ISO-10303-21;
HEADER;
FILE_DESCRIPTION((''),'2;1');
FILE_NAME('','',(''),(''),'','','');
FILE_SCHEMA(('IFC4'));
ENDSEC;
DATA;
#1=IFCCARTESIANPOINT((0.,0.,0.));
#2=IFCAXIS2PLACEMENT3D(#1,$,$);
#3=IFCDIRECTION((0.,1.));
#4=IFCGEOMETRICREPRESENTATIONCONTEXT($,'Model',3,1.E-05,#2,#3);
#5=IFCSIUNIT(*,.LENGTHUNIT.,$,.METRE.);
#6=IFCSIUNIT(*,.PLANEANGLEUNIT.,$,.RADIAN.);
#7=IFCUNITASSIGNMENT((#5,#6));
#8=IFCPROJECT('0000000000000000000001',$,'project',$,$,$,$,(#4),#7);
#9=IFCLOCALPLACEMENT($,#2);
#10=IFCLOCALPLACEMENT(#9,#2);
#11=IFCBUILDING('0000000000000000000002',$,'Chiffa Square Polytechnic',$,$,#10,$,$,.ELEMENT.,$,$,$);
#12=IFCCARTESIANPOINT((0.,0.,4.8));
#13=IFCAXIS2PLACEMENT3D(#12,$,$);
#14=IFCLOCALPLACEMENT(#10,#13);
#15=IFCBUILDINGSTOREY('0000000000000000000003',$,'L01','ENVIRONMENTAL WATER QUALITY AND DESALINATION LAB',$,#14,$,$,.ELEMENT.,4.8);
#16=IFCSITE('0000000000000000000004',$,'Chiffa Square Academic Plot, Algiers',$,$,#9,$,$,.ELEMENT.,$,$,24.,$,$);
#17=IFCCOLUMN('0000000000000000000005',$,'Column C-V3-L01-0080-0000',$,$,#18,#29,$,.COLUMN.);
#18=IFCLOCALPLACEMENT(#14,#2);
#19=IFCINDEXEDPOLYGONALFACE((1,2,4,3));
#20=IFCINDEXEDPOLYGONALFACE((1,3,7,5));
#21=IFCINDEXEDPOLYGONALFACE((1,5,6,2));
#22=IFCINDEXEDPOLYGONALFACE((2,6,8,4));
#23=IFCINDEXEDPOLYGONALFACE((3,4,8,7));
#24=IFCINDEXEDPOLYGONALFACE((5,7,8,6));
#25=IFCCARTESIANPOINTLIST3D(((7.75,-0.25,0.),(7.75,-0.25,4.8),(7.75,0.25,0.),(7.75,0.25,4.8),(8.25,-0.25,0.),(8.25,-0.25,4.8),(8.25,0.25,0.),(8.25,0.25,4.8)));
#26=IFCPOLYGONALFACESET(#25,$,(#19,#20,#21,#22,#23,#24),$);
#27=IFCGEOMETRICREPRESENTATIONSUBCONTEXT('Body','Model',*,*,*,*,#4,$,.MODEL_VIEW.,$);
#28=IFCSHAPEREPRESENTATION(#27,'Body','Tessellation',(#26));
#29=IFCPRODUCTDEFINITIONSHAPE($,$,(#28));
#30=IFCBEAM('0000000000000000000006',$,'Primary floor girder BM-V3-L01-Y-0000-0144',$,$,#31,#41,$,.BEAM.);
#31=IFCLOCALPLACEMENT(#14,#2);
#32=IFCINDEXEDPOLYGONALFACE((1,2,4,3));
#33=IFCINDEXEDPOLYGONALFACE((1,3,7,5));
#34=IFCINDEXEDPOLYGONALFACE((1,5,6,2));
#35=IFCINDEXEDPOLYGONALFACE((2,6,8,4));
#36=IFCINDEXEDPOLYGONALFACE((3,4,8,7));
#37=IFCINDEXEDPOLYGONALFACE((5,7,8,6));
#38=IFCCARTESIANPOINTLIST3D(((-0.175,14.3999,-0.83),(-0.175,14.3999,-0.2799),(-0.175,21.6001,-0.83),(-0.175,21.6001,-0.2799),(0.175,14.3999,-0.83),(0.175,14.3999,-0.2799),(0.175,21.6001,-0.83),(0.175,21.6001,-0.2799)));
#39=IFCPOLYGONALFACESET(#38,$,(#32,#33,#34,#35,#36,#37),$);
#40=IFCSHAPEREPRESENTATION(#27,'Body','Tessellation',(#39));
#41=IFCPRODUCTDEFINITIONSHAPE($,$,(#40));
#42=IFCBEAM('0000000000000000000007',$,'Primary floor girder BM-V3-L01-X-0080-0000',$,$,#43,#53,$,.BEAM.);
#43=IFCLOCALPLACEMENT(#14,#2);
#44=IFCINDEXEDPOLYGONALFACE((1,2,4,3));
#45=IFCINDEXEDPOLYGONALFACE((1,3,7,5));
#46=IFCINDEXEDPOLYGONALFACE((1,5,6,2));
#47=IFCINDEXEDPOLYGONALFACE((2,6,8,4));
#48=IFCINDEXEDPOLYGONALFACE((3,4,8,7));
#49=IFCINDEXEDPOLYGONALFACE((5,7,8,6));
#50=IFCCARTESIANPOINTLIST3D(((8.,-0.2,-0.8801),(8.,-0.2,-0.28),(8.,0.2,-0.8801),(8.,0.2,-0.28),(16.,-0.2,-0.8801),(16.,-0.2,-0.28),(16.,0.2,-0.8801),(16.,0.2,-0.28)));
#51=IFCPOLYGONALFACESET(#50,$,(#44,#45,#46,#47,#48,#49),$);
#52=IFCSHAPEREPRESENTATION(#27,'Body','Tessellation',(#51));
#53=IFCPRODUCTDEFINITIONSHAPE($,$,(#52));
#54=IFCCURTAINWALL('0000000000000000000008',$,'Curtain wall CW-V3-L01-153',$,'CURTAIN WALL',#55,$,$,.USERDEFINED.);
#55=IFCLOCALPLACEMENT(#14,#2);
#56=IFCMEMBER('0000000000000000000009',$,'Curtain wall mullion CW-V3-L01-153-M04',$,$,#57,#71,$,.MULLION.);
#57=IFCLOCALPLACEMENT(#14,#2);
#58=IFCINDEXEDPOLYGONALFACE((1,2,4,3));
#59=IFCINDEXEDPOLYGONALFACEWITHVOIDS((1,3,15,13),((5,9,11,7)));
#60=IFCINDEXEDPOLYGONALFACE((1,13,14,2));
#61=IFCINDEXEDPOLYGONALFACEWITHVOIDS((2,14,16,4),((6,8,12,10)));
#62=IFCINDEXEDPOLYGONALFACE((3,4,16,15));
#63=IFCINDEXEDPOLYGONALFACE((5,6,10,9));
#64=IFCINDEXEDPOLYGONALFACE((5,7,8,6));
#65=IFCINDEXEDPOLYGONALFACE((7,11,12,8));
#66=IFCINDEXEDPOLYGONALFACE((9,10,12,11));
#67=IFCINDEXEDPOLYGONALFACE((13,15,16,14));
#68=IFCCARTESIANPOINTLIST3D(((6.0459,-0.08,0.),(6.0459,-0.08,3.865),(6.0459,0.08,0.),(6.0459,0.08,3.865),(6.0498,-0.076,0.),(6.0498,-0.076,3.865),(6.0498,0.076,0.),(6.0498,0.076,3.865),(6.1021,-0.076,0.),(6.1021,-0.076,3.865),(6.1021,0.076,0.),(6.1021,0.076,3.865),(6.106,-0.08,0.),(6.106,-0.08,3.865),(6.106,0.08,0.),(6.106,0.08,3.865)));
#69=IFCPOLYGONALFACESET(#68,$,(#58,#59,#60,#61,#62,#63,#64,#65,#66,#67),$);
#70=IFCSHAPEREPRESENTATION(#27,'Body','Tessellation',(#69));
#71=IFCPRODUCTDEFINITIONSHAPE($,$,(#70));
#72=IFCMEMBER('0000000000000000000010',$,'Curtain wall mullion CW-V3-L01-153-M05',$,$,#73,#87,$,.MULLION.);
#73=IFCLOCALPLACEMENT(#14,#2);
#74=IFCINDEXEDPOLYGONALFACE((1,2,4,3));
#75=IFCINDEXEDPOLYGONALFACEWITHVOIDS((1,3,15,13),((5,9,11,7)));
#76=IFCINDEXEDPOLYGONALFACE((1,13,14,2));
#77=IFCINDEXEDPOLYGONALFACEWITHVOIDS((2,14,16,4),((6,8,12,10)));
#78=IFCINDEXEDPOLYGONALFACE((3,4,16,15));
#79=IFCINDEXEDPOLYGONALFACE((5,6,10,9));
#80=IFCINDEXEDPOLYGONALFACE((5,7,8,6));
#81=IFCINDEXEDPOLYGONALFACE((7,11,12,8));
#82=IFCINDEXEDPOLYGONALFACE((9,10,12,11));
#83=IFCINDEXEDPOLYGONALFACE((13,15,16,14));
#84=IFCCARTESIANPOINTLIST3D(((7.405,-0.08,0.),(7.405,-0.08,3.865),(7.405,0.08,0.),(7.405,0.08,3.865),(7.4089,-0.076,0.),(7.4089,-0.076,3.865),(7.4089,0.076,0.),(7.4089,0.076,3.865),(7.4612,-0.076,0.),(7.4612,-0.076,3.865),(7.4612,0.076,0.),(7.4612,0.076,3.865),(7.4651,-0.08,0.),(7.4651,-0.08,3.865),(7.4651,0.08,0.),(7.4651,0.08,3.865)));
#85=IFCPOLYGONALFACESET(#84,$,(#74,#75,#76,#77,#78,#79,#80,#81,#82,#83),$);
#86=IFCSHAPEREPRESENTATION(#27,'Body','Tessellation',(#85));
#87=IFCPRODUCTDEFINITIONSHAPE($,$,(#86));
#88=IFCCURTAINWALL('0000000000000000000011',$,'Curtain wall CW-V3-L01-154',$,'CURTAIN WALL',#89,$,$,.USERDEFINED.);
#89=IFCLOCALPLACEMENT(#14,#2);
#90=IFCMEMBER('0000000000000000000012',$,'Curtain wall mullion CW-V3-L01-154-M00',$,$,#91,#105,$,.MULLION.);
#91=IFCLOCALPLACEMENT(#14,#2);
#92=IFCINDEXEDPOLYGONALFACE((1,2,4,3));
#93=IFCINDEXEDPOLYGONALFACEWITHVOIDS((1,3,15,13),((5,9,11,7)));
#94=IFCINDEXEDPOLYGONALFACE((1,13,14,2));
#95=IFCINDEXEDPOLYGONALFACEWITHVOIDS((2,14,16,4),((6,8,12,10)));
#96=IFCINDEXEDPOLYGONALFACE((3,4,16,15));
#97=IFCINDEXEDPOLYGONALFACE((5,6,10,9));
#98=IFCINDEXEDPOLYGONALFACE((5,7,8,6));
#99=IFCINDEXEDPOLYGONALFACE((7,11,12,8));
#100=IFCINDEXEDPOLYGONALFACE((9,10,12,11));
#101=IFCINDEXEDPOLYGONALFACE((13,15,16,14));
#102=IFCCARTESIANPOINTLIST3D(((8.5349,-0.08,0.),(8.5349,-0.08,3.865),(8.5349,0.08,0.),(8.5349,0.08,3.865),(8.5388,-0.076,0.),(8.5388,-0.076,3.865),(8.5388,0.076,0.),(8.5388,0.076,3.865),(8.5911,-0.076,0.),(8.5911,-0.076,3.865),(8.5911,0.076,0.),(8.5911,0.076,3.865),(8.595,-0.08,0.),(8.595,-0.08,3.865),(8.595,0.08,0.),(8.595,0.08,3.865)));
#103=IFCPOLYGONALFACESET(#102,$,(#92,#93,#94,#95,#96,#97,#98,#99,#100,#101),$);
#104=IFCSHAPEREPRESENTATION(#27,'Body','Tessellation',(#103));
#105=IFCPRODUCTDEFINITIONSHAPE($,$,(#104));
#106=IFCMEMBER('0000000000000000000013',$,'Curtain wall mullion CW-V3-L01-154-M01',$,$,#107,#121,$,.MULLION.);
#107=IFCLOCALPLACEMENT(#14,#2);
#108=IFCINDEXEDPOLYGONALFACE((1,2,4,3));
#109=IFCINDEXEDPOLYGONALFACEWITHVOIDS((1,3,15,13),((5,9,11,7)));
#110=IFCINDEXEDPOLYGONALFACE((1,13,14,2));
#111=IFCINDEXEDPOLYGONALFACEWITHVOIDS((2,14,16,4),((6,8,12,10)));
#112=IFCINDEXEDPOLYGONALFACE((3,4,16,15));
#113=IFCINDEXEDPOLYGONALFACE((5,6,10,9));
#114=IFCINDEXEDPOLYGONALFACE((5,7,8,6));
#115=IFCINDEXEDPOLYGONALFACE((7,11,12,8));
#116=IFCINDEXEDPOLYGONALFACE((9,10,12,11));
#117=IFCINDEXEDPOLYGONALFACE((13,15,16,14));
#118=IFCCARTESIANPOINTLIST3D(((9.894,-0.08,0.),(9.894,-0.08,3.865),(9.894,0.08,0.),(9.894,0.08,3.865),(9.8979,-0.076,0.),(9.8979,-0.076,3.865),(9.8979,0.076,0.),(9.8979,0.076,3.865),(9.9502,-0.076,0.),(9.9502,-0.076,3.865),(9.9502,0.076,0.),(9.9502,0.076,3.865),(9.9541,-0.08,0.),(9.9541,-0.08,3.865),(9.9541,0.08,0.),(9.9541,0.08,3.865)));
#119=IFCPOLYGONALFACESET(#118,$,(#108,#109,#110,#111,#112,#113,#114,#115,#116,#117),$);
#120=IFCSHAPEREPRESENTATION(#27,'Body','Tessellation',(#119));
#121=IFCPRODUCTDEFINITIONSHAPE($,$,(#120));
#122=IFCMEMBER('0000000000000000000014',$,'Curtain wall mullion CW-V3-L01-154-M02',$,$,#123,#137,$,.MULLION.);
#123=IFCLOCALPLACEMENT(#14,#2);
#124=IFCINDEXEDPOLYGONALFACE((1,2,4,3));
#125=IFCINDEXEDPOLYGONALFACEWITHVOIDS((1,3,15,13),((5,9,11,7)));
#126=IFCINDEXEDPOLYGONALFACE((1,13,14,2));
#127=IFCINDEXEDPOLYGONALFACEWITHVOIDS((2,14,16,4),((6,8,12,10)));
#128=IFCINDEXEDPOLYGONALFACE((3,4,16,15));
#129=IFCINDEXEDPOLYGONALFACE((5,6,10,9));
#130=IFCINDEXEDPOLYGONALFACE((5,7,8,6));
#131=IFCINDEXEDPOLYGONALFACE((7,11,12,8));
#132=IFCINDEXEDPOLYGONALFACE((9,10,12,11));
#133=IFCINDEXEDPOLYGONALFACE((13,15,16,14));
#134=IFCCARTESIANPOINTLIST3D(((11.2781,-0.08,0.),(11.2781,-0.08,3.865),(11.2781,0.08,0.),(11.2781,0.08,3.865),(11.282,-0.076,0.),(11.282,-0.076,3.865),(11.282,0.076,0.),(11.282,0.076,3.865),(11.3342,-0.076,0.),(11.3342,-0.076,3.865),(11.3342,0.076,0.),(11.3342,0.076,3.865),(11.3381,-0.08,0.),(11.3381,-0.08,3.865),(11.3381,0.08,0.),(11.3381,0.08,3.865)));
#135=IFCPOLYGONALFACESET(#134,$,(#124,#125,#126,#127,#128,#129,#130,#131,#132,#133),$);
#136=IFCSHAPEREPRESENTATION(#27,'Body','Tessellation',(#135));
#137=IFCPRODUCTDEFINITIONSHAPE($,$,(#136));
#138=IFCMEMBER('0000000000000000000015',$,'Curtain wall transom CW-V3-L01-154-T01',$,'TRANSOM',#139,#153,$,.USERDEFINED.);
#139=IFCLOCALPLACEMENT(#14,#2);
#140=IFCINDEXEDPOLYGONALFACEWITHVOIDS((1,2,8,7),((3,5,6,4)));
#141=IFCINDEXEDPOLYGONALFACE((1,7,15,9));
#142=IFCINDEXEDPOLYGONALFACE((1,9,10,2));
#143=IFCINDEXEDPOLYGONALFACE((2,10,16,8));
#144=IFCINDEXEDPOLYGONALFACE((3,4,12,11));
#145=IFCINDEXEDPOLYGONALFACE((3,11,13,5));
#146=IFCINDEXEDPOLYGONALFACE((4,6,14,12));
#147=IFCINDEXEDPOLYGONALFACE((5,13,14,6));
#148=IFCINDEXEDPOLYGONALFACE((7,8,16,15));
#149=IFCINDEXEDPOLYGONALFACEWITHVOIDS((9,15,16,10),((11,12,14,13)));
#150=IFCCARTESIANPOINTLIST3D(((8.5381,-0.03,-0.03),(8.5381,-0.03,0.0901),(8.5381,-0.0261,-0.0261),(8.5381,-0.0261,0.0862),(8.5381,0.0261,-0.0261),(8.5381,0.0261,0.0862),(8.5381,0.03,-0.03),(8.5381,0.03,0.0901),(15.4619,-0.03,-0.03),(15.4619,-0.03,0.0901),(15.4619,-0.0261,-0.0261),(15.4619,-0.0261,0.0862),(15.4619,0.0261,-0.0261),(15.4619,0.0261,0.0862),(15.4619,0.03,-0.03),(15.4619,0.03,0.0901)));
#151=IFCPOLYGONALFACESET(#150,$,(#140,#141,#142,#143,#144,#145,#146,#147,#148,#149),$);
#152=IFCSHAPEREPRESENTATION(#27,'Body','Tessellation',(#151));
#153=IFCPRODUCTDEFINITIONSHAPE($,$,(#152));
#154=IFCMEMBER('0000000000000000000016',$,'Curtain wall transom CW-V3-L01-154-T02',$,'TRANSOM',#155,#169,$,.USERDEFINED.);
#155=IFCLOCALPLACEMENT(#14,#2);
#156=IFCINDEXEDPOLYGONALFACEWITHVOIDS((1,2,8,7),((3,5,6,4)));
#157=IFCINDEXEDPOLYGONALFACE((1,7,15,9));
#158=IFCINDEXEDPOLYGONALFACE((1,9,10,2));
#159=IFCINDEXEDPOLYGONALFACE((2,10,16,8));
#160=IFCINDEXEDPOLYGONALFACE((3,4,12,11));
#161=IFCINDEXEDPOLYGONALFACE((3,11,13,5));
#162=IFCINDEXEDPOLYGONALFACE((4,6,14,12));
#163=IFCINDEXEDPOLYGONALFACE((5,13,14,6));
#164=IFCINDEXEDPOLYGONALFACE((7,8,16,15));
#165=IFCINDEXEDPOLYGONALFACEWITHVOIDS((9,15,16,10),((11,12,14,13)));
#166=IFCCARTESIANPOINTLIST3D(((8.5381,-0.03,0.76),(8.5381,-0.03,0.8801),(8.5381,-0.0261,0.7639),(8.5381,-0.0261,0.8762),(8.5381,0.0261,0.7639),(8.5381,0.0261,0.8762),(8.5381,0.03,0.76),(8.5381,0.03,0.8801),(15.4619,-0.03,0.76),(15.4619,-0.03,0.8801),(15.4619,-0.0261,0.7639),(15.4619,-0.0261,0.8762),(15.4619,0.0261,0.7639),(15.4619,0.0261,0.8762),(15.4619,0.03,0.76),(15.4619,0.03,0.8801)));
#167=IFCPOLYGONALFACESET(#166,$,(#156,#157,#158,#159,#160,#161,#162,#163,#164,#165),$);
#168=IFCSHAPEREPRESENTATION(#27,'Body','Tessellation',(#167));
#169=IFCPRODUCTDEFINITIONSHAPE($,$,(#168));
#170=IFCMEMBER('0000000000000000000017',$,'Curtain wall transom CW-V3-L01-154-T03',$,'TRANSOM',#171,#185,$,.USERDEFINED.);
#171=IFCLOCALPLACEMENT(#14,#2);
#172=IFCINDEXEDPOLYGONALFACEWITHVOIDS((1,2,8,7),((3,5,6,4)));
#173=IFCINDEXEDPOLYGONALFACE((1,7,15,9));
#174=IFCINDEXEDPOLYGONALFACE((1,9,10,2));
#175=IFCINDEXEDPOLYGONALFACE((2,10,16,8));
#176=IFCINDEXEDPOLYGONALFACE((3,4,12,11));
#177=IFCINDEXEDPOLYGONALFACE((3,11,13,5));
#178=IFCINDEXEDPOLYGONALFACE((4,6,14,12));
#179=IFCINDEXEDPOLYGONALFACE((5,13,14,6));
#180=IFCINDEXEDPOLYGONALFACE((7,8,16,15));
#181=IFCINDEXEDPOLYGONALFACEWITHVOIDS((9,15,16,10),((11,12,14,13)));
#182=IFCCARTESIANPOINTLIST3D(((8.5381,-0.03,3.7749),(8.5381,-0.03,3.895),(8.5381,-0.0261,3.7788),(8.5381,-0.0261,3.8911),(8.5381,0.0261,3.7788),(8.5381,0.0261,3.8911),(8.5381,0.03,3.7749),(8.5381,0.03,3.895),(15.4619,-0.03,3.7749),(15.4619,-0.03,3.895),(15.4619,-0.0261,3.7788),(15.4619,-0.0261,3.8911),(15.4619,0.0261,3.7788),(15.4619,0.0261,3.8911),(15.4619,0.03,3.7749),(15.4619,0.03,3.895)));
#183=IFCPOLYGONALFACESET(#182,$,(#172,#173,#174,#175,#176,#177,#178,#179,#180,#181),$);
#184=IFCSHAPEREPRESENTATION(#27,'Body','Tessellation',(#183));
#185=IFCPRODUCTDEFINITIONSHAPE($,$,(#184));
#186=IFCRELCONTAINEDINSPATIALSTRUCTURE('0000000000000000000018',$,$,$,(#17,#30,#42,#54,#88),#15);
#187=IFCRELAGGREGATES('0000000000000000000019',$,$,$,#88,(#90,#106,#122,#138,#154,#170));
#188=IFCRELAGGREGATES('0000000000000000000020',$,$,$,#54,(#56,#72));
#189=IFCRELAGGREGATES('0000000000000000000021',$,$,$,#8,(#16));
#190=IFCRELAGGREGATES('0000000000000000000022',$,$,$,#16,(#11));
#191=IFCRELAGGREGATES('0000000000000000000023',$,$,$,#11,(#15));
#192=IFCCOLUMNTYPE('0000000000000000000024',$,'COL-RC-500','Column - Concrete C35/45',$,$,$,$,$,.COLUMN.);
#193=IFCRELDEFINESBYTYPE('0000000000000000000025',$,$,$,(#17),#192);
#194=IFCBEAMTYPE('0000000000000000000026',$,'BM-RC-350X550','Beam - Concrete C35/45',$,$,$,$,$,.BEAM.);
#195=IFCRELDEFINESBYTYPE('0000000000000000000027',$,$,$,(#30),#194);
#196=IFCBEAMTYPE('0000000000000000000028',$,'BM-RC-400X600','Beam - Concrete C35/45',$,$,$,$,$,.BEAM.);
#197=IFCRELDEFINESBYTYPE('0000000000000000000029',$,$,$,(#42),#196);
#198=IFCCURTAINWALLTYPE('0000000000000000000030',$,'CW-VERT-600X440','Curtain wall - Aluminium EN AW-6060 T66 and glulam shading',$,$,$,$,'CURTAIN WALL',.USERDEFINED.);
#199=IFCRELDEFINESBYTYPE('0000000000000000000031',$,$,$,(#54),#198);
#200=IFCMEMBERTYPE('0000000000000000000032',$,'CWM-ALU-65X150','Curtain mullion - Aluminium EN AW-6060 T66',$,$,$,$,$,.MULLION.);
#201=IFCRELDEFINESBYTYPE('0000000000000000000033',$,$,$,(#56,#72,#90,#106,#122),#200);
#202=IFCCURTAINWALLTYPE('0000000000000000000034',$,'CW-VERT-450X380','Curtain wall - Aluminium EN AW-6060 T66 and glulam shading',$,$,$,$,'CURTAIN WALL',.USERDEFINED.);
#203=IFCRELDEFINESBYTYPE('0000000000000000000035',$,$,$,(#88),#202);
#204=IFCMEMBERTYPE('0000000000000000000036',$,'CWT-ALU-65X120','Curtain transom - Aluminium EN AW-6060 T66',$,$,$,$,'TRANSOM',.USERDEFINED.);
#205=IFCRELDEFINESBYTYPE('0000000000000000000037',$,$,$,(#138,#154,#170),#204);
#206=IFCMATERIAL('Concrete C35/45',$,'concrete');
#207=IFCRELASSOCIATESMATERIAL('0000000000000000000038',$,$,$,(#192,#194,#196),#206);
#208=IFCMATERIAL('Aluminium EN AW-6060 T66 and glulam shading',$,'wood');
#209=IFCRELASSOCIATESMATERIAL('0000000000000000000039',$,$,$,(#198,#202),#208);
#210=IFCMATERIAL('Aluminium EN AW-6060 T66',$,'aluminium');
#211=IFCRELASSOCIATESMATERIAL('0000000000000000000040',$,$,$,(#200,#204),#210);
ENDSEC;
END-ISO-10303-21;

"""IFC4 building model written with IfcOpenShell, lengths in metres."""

from ifc_helpers import new_model, si_unit, direction, frame, origin, origin_2d, place, context, subcontext, project, spatial, rectangle, hollow_rectangle, extrude, material, material_profile, profile_set, type_object, element, aggregate, save


model = new_model("IFC4")

# Units and contexts
model_context = context("Model", 3, precision=1e-05, world=origin(), true_north=direction((0.0, 1.0)))
body_context = subcontext(model_context, "Body", "Model", "MODEL_VIEW")
ifc_project = project(units=[si_unit("LENGTHUNIT", "METRE"), si_unit("PLANEANGLEUNIT", "RADIAN")], contexts=[model_context])

# Site, building, storey
site_placement = place(None, origin())
site = spatial("IfcSite", under=ifc_project, at=site_placement, Name="Chiffa Square Academic Plot, Algiers", CompositionType="ELEMENT", RefElevation=24.0)
building_placement = place(site_placement, origin())
building = spatial("IfcBuilding", under=site, at=building_placement, Name="Chiffa Square Polytechnic", CompositionType="ELEMENT")
storey_placement = place(building_placement, frame((0.0, 0.0, 4.8)))
storey = spatial("IfcBuildingStorey", under=building, at=storey_placement, Name="L01", Description="ENVIRONMENTAL WATER QUALITY AND DESALINATION LAB", CompositionType="ELEMENT", Elevation=4.8)

# Column
ifc_material_1 = material(Name="Concrete C35/45", Category="concrete")
ifc_material_profile_1 = material_profile(ifc_material_1, rectangle(XDim=0.5, YDim=0.5, at=origin_2d()), Name="RC 500x500")
ifc_profile_set_1 = profile_set([ifc_material_profile_1], Name="Concrete C35/45")
column_type = type_object("IfcColumnType", Name="COL-RC-500", Description="Column - Concrete C35/45", PredefinedType="COLUMN", material=ifc_profile_set_1)
column_placement = place(storey_placement, frame((8.0, 0.0, 0.0), z_axis=(0.0, 0.0, 1.0), x_axis=(1.0, 0.0, 0.0)))
element("IfcColumn", 1, at=column_placement, inside=storey, type_object=column_type, Name="Column C-V3-L01-0080-0000", PredefinedType="COLUMN", context=body_context, shape_type="SweptSolid", body=[
    extrude(rectangle(XDim=0.5, YDim=0.5, at=origin_2d()), origin(), (0.0, 0.0, 1.0), 4.8),
])

# Beams
ifc_material_profile_2 = material_profile(ifc_material_1, rectangle(XDim=0.3501, YDim=0.55, at=origin_2d()), Name="RC 350x550")
ifc_profile_set_2 = profile_set([ifc_material_profile_2], Name="Concrete C35/45")
beam_type_1 = type_object("IfcBeamType", Name="BM-RC-350X550", Description="Beam - Concrete C35/45", PredefinedType="BEAM", material=ifc_profile_set_2)
beam_1_placement = place(storey_placement, frame((0.0, 14.3999, -0.5549), z_axis=(0.0, 1.0, 0.0), x_axis=(-1.0, 0.0, 0.0)))
element("IfcBeam", 2, at=beam_1_placement, inside=storey, type_object=beam_type_1, Name="Primary floor girder BM-V3-L01-Y-0000-0144", PredefinedType="BEAM", context=body_context, shape_type="SweptSolid", body=[
    extrude(rectangle(XDim=0.3501, YDim=0.55, at=origin_2d()), origin(), (0.0, 0.0, 1.0), 7.2002),
])
ifc_material_profile_3 = material_profile(ifc_material_1, rectangle(XDim=0.3999, YDim=0.6001, at=origin_2d()), Name="RC 400x600")
ifc_profile_set_3 = profile_set([ifc_material_profile_3], Name="Concrete C35/45")
beam_type_2 = type_object("IfcBeamType", Name="BM-RC-400X600", Description="Beam - Concrete C35/45", PredefinedType="BEAM", material=ifc_profile_set_3)
beam_2_placement = place(storey_placement, frame((8.0, 0.0, -0.5801), z_axis=(1.0, 0.0, 0.0), x_axis=(0.0, 1.0, 0.0)))
element("IfcBeam", 3, at=beam_2_placement, inside=storey, type_object=beam_type_2, Name="Primary floor girder BM-V3-L01-X-0080-0000", PredefinedType="BEAM", context=body_context, shape_type="SweptSolid", body=[
    extrude(rectangle(XDim=0.3999, YDim=0.6001, at=origin_2d()), origin(), (0.0, 0.0, 1.0), 8.0),
])

# Curtain walls, members
ifc_material_2 = material(Name="Aluminium EN AW-6060 T66 and glulam shading", Category="wood")
curtain_wall_type_1 = type_object("IfcCurtainWallType", Name="CW-VERT-600X440", Description="Curtain wall - Aluminium EN AW-6060 T66 and glulam shading", ElementType="CURTAIN WALL", PredefinedType="USERDEFINED", material=ifc_material_2)
curtain_wall_1_placement = place(storey_placement, origin())
curtain_wall_1 = element("IfcCurtainWall", 4, at=curtain_wall_1_placement, inside=storey, type_object=curtain_wall_type_1, Name="Curtain wall CW-V3-L01-153", ObjectType="CURTAIN WALL", PredefinedType="USERDEFINED")
ifc_material_3 = material(Name="Aluminium EN AW-6060 T66", Category="aluminium")
ifc_material_profile_4 = material_profile(ifc_material_3, hollow_rectangle(XDim=0.0601, YDim=0.1599, WallThickness=0.0039, at=origin_2d()), Name="ALU 60x160x4")
ifc_profile_set_4 = profile_set([ifc_material_profile_4], Name="Aluminium EN AW-6060 T66")
member_type_1 = type_object("IfcMemberType", Name="CWM-ALU-65X150", Description="Curtain mullion - Aluminium EN AW-6060 T66", PredefinedType="MULLION", material=ifc_profile_set_4)
member_1_placement = place(storey_placement, frame((6.0759, 0.0, 0.0), z_axis=(0.0, 0.0, 1.0), x_axis=(1.0, 0.0, 0.0)))
member_1 = element("IfcMember", 5, at=member_1_placement, type_object=member_type_1, Name="Curtain wall mullion CW-V3-L01-153-M04", PredefinedType="MULLION", context=body_context, shape_type="SweptSolid", body=[
    extrude(hollow_rectangle(XDim=0.0601, YDim=0.1599, WallThickness=0.0039, at=origin_2d()), origin(), (0.0, 0.0, 1.0), 3.865),
])
member_2_placement = place(storey_placement, frame((7.4351, 0.0, 0.0), z_axis=(0.0, 0.0, 1.0), x_axis=(1.0, 0.0, 0.0)))
member_2 = element("IfcMember", 6, at=member_2_placement, type_object=member_type_1, Name="Curtain wall mullion CW-V3-L01-153-M05", PredefinedType="MULLION", context=body_context, shape_type="SweptSolid", body=[
    extrude(hollow_rectangle(XDim=0.0601, YDim=0.1599, WallThickness=0.0039, at=origin_2d()), origin(), (0.0, 0.0, 1.0), 3.865),
])
curtain_wall_type_2 = type_object("IfcCurtainWallType", Name="CW-VERT-450X380", Description="Curtain wall - Aluminium EN AW-6060 T66 and glulam shading", ElementType="CURTAIN WALL", PredefinedType="USERDEFINED", material=ifc_material_2)
curtain_wall_2_placement = place(storey_placement, origin())
curtain_wall_2 = element("IfcCurtainWall", 7, at=curtain_wall_2_placement, inside=storey, type_object=curtain_wall_type_2, Name="Curtain wall CW-V3-L01-154", ObjectType="CURTAIN WALL", PredefinedType="USERDEFINED")
member_3_placement = place(storey_placement, frame((8.5649, 0.0, 0.0), z_axis=(0.0, 0.0, 1.0), x_axis=(1.0, 0.0, 0.0)))
member_3 = element("IfcMember", 8, at=member_3_placement, type_object=member_type_1, Name="Curtain wall mullion CW-V3-L01-154-M00", PredefinedType="MULLION", context=body_context, shape_type="SweptSolid", body=[
    extrude(hollow_rectangle(XDim=0.0601, YDim=0.1599, WallThickness=0.0039, at=origin_2d()), origin(), (0.0, 0.0, 1.0), 3.865),
])
member_4_placement = place(storey_placement, frame((9.9241, 0.0, 0.0), z_axis=(0.0, 0.0, 1.0), x_axis=(1.0, 0.0, 0.0)))
member_4 = element("IfcMember", 9, at=member_4_placement, type_object=member_type_1, Name="Curtain wall mullion CW-V3-L01-154-M01", PredefinedType="MULLION", context=body_context, shape_type="SweptSolid", body=[
    extrude(hollow_rectangle(XDim=0.0601, YDim=0.1599, WallThickness=0.0039, at=origin_2d()), origin(), (0.0, 0.0, 1.0), 3.865),
])
member_5_placement = place(storey_placement, frame((11.3081, 0.0, 0.0), z_axis=(0.0, 0.0, 1.0), x_axis=(1.0, 0.0, 0.0)))
member_5 = element("IfcMember", 10, at=member_5_placement, type_object=member_type_1, Name="Curtain wall mullion CW-V3-L01-154-M02", PredefinedType="MULLION", context=body_context, shape_type="SweptSolid", body=[
    extrude(hollow_rectangle(XDim=0.0601, YDim=0.1599, WallThickness=0.0039, at=origin_2d()), origin(), (0.0, 0.0, 1.0), 3.865),
])
ifc_material_profile_5 = material_profile(ifc_material_3, hollow_rectangle(XDim=0.0601, YDim=0.1201, WallThickness=0.0039, at=origin_2d()), Name="ALU 60x120x4")
ifc_profile_set_5 = profile_set([ifc_material_profile_5], Name="Aluminium EN AW-6060 T66")
member_type_2 = type_object("IfcMemberType", Name="CWT-ALU-65X120", Description="Curtain transom - Aluminium EN AW-6060 T66", ElementType="TRANSOM", PredefinedType="USERDEFINED", material=ifc_profile_set_5)
member_6_placement = place(storey_placement, frame((8.5381, 0.0, 0.03), z_axis=(1.0, 0.0, 0.0), x_axis=(0.0, 1.0, 0.0)))
member_6 = element("IfcMember", 11, at=member_6_placement, type_object=member_type_2, Name="Curtain wall transom CW-V3-L01-154-T01", ObjectType="TRANSOM", PredefinedType="USERDEFINED", context=body_context, shape_type="SweptSolid", body=[
    extrude(hollow_rectangle(XDim=0.0601, YDim=0.1201, WallThickness=0.0039, at=origin_2d()), origin(), (0.0, 0.0, 1.0), 6.9238),
])
member_7_placement = place(storey_placement, frame((8.5381, 0.0, 0.8201), z_axis=(1.0, 0.0, 0.0), x_axis=(0.0, 1.0, 0.0)))
member_7 = element("IfcMember", 12, at=member_7_placement, type_object=member_type_2, Name="Curtain wall transom CW-V3-L01-154-T02", ObjectType="TRANSOM", PredefinedType="USERDEFINED", context=body_context, shape_type="SweptSolid", body=[
    extrude(hollow_rectangle(XDim=0.0601, YDim=0.1201, WallThickness=0.0039, at=origin_2d()), origin(), (0.0, 0.0, 1.0), 6.9238),
])
member_8_placement = place(storey_placement, frame((8.5381, 0.0, 3.835), z_axis=(1.0, 0.0, 0.0), x_axis=(0.0, 1.0, 0.0)))
member_8 = element("IfcMember", 13, at=member_8_placement, type_object=member_type_2, Name="Curtain wall transom CW-V3-L01-154-T03", ObjectType="TRANSOM", PredefinedType="USERDEFINED", context=body_context, shape_type="SweptSolid", body=[
    extrude(hollow_rectangle(XDim=0.0601, YDim=0.1201, WallThickness=0.0039, at=origin_2d()), origin(), (0.0, 0.0, 1.0), 6.9238),
])

aggregate(curtain_wall_2, [member_3, member_4, member_5, member_6, member_7, member_8])
aggregate(curtain_wall_1, [member_1, member_2])

save(model, "model.ifc")
